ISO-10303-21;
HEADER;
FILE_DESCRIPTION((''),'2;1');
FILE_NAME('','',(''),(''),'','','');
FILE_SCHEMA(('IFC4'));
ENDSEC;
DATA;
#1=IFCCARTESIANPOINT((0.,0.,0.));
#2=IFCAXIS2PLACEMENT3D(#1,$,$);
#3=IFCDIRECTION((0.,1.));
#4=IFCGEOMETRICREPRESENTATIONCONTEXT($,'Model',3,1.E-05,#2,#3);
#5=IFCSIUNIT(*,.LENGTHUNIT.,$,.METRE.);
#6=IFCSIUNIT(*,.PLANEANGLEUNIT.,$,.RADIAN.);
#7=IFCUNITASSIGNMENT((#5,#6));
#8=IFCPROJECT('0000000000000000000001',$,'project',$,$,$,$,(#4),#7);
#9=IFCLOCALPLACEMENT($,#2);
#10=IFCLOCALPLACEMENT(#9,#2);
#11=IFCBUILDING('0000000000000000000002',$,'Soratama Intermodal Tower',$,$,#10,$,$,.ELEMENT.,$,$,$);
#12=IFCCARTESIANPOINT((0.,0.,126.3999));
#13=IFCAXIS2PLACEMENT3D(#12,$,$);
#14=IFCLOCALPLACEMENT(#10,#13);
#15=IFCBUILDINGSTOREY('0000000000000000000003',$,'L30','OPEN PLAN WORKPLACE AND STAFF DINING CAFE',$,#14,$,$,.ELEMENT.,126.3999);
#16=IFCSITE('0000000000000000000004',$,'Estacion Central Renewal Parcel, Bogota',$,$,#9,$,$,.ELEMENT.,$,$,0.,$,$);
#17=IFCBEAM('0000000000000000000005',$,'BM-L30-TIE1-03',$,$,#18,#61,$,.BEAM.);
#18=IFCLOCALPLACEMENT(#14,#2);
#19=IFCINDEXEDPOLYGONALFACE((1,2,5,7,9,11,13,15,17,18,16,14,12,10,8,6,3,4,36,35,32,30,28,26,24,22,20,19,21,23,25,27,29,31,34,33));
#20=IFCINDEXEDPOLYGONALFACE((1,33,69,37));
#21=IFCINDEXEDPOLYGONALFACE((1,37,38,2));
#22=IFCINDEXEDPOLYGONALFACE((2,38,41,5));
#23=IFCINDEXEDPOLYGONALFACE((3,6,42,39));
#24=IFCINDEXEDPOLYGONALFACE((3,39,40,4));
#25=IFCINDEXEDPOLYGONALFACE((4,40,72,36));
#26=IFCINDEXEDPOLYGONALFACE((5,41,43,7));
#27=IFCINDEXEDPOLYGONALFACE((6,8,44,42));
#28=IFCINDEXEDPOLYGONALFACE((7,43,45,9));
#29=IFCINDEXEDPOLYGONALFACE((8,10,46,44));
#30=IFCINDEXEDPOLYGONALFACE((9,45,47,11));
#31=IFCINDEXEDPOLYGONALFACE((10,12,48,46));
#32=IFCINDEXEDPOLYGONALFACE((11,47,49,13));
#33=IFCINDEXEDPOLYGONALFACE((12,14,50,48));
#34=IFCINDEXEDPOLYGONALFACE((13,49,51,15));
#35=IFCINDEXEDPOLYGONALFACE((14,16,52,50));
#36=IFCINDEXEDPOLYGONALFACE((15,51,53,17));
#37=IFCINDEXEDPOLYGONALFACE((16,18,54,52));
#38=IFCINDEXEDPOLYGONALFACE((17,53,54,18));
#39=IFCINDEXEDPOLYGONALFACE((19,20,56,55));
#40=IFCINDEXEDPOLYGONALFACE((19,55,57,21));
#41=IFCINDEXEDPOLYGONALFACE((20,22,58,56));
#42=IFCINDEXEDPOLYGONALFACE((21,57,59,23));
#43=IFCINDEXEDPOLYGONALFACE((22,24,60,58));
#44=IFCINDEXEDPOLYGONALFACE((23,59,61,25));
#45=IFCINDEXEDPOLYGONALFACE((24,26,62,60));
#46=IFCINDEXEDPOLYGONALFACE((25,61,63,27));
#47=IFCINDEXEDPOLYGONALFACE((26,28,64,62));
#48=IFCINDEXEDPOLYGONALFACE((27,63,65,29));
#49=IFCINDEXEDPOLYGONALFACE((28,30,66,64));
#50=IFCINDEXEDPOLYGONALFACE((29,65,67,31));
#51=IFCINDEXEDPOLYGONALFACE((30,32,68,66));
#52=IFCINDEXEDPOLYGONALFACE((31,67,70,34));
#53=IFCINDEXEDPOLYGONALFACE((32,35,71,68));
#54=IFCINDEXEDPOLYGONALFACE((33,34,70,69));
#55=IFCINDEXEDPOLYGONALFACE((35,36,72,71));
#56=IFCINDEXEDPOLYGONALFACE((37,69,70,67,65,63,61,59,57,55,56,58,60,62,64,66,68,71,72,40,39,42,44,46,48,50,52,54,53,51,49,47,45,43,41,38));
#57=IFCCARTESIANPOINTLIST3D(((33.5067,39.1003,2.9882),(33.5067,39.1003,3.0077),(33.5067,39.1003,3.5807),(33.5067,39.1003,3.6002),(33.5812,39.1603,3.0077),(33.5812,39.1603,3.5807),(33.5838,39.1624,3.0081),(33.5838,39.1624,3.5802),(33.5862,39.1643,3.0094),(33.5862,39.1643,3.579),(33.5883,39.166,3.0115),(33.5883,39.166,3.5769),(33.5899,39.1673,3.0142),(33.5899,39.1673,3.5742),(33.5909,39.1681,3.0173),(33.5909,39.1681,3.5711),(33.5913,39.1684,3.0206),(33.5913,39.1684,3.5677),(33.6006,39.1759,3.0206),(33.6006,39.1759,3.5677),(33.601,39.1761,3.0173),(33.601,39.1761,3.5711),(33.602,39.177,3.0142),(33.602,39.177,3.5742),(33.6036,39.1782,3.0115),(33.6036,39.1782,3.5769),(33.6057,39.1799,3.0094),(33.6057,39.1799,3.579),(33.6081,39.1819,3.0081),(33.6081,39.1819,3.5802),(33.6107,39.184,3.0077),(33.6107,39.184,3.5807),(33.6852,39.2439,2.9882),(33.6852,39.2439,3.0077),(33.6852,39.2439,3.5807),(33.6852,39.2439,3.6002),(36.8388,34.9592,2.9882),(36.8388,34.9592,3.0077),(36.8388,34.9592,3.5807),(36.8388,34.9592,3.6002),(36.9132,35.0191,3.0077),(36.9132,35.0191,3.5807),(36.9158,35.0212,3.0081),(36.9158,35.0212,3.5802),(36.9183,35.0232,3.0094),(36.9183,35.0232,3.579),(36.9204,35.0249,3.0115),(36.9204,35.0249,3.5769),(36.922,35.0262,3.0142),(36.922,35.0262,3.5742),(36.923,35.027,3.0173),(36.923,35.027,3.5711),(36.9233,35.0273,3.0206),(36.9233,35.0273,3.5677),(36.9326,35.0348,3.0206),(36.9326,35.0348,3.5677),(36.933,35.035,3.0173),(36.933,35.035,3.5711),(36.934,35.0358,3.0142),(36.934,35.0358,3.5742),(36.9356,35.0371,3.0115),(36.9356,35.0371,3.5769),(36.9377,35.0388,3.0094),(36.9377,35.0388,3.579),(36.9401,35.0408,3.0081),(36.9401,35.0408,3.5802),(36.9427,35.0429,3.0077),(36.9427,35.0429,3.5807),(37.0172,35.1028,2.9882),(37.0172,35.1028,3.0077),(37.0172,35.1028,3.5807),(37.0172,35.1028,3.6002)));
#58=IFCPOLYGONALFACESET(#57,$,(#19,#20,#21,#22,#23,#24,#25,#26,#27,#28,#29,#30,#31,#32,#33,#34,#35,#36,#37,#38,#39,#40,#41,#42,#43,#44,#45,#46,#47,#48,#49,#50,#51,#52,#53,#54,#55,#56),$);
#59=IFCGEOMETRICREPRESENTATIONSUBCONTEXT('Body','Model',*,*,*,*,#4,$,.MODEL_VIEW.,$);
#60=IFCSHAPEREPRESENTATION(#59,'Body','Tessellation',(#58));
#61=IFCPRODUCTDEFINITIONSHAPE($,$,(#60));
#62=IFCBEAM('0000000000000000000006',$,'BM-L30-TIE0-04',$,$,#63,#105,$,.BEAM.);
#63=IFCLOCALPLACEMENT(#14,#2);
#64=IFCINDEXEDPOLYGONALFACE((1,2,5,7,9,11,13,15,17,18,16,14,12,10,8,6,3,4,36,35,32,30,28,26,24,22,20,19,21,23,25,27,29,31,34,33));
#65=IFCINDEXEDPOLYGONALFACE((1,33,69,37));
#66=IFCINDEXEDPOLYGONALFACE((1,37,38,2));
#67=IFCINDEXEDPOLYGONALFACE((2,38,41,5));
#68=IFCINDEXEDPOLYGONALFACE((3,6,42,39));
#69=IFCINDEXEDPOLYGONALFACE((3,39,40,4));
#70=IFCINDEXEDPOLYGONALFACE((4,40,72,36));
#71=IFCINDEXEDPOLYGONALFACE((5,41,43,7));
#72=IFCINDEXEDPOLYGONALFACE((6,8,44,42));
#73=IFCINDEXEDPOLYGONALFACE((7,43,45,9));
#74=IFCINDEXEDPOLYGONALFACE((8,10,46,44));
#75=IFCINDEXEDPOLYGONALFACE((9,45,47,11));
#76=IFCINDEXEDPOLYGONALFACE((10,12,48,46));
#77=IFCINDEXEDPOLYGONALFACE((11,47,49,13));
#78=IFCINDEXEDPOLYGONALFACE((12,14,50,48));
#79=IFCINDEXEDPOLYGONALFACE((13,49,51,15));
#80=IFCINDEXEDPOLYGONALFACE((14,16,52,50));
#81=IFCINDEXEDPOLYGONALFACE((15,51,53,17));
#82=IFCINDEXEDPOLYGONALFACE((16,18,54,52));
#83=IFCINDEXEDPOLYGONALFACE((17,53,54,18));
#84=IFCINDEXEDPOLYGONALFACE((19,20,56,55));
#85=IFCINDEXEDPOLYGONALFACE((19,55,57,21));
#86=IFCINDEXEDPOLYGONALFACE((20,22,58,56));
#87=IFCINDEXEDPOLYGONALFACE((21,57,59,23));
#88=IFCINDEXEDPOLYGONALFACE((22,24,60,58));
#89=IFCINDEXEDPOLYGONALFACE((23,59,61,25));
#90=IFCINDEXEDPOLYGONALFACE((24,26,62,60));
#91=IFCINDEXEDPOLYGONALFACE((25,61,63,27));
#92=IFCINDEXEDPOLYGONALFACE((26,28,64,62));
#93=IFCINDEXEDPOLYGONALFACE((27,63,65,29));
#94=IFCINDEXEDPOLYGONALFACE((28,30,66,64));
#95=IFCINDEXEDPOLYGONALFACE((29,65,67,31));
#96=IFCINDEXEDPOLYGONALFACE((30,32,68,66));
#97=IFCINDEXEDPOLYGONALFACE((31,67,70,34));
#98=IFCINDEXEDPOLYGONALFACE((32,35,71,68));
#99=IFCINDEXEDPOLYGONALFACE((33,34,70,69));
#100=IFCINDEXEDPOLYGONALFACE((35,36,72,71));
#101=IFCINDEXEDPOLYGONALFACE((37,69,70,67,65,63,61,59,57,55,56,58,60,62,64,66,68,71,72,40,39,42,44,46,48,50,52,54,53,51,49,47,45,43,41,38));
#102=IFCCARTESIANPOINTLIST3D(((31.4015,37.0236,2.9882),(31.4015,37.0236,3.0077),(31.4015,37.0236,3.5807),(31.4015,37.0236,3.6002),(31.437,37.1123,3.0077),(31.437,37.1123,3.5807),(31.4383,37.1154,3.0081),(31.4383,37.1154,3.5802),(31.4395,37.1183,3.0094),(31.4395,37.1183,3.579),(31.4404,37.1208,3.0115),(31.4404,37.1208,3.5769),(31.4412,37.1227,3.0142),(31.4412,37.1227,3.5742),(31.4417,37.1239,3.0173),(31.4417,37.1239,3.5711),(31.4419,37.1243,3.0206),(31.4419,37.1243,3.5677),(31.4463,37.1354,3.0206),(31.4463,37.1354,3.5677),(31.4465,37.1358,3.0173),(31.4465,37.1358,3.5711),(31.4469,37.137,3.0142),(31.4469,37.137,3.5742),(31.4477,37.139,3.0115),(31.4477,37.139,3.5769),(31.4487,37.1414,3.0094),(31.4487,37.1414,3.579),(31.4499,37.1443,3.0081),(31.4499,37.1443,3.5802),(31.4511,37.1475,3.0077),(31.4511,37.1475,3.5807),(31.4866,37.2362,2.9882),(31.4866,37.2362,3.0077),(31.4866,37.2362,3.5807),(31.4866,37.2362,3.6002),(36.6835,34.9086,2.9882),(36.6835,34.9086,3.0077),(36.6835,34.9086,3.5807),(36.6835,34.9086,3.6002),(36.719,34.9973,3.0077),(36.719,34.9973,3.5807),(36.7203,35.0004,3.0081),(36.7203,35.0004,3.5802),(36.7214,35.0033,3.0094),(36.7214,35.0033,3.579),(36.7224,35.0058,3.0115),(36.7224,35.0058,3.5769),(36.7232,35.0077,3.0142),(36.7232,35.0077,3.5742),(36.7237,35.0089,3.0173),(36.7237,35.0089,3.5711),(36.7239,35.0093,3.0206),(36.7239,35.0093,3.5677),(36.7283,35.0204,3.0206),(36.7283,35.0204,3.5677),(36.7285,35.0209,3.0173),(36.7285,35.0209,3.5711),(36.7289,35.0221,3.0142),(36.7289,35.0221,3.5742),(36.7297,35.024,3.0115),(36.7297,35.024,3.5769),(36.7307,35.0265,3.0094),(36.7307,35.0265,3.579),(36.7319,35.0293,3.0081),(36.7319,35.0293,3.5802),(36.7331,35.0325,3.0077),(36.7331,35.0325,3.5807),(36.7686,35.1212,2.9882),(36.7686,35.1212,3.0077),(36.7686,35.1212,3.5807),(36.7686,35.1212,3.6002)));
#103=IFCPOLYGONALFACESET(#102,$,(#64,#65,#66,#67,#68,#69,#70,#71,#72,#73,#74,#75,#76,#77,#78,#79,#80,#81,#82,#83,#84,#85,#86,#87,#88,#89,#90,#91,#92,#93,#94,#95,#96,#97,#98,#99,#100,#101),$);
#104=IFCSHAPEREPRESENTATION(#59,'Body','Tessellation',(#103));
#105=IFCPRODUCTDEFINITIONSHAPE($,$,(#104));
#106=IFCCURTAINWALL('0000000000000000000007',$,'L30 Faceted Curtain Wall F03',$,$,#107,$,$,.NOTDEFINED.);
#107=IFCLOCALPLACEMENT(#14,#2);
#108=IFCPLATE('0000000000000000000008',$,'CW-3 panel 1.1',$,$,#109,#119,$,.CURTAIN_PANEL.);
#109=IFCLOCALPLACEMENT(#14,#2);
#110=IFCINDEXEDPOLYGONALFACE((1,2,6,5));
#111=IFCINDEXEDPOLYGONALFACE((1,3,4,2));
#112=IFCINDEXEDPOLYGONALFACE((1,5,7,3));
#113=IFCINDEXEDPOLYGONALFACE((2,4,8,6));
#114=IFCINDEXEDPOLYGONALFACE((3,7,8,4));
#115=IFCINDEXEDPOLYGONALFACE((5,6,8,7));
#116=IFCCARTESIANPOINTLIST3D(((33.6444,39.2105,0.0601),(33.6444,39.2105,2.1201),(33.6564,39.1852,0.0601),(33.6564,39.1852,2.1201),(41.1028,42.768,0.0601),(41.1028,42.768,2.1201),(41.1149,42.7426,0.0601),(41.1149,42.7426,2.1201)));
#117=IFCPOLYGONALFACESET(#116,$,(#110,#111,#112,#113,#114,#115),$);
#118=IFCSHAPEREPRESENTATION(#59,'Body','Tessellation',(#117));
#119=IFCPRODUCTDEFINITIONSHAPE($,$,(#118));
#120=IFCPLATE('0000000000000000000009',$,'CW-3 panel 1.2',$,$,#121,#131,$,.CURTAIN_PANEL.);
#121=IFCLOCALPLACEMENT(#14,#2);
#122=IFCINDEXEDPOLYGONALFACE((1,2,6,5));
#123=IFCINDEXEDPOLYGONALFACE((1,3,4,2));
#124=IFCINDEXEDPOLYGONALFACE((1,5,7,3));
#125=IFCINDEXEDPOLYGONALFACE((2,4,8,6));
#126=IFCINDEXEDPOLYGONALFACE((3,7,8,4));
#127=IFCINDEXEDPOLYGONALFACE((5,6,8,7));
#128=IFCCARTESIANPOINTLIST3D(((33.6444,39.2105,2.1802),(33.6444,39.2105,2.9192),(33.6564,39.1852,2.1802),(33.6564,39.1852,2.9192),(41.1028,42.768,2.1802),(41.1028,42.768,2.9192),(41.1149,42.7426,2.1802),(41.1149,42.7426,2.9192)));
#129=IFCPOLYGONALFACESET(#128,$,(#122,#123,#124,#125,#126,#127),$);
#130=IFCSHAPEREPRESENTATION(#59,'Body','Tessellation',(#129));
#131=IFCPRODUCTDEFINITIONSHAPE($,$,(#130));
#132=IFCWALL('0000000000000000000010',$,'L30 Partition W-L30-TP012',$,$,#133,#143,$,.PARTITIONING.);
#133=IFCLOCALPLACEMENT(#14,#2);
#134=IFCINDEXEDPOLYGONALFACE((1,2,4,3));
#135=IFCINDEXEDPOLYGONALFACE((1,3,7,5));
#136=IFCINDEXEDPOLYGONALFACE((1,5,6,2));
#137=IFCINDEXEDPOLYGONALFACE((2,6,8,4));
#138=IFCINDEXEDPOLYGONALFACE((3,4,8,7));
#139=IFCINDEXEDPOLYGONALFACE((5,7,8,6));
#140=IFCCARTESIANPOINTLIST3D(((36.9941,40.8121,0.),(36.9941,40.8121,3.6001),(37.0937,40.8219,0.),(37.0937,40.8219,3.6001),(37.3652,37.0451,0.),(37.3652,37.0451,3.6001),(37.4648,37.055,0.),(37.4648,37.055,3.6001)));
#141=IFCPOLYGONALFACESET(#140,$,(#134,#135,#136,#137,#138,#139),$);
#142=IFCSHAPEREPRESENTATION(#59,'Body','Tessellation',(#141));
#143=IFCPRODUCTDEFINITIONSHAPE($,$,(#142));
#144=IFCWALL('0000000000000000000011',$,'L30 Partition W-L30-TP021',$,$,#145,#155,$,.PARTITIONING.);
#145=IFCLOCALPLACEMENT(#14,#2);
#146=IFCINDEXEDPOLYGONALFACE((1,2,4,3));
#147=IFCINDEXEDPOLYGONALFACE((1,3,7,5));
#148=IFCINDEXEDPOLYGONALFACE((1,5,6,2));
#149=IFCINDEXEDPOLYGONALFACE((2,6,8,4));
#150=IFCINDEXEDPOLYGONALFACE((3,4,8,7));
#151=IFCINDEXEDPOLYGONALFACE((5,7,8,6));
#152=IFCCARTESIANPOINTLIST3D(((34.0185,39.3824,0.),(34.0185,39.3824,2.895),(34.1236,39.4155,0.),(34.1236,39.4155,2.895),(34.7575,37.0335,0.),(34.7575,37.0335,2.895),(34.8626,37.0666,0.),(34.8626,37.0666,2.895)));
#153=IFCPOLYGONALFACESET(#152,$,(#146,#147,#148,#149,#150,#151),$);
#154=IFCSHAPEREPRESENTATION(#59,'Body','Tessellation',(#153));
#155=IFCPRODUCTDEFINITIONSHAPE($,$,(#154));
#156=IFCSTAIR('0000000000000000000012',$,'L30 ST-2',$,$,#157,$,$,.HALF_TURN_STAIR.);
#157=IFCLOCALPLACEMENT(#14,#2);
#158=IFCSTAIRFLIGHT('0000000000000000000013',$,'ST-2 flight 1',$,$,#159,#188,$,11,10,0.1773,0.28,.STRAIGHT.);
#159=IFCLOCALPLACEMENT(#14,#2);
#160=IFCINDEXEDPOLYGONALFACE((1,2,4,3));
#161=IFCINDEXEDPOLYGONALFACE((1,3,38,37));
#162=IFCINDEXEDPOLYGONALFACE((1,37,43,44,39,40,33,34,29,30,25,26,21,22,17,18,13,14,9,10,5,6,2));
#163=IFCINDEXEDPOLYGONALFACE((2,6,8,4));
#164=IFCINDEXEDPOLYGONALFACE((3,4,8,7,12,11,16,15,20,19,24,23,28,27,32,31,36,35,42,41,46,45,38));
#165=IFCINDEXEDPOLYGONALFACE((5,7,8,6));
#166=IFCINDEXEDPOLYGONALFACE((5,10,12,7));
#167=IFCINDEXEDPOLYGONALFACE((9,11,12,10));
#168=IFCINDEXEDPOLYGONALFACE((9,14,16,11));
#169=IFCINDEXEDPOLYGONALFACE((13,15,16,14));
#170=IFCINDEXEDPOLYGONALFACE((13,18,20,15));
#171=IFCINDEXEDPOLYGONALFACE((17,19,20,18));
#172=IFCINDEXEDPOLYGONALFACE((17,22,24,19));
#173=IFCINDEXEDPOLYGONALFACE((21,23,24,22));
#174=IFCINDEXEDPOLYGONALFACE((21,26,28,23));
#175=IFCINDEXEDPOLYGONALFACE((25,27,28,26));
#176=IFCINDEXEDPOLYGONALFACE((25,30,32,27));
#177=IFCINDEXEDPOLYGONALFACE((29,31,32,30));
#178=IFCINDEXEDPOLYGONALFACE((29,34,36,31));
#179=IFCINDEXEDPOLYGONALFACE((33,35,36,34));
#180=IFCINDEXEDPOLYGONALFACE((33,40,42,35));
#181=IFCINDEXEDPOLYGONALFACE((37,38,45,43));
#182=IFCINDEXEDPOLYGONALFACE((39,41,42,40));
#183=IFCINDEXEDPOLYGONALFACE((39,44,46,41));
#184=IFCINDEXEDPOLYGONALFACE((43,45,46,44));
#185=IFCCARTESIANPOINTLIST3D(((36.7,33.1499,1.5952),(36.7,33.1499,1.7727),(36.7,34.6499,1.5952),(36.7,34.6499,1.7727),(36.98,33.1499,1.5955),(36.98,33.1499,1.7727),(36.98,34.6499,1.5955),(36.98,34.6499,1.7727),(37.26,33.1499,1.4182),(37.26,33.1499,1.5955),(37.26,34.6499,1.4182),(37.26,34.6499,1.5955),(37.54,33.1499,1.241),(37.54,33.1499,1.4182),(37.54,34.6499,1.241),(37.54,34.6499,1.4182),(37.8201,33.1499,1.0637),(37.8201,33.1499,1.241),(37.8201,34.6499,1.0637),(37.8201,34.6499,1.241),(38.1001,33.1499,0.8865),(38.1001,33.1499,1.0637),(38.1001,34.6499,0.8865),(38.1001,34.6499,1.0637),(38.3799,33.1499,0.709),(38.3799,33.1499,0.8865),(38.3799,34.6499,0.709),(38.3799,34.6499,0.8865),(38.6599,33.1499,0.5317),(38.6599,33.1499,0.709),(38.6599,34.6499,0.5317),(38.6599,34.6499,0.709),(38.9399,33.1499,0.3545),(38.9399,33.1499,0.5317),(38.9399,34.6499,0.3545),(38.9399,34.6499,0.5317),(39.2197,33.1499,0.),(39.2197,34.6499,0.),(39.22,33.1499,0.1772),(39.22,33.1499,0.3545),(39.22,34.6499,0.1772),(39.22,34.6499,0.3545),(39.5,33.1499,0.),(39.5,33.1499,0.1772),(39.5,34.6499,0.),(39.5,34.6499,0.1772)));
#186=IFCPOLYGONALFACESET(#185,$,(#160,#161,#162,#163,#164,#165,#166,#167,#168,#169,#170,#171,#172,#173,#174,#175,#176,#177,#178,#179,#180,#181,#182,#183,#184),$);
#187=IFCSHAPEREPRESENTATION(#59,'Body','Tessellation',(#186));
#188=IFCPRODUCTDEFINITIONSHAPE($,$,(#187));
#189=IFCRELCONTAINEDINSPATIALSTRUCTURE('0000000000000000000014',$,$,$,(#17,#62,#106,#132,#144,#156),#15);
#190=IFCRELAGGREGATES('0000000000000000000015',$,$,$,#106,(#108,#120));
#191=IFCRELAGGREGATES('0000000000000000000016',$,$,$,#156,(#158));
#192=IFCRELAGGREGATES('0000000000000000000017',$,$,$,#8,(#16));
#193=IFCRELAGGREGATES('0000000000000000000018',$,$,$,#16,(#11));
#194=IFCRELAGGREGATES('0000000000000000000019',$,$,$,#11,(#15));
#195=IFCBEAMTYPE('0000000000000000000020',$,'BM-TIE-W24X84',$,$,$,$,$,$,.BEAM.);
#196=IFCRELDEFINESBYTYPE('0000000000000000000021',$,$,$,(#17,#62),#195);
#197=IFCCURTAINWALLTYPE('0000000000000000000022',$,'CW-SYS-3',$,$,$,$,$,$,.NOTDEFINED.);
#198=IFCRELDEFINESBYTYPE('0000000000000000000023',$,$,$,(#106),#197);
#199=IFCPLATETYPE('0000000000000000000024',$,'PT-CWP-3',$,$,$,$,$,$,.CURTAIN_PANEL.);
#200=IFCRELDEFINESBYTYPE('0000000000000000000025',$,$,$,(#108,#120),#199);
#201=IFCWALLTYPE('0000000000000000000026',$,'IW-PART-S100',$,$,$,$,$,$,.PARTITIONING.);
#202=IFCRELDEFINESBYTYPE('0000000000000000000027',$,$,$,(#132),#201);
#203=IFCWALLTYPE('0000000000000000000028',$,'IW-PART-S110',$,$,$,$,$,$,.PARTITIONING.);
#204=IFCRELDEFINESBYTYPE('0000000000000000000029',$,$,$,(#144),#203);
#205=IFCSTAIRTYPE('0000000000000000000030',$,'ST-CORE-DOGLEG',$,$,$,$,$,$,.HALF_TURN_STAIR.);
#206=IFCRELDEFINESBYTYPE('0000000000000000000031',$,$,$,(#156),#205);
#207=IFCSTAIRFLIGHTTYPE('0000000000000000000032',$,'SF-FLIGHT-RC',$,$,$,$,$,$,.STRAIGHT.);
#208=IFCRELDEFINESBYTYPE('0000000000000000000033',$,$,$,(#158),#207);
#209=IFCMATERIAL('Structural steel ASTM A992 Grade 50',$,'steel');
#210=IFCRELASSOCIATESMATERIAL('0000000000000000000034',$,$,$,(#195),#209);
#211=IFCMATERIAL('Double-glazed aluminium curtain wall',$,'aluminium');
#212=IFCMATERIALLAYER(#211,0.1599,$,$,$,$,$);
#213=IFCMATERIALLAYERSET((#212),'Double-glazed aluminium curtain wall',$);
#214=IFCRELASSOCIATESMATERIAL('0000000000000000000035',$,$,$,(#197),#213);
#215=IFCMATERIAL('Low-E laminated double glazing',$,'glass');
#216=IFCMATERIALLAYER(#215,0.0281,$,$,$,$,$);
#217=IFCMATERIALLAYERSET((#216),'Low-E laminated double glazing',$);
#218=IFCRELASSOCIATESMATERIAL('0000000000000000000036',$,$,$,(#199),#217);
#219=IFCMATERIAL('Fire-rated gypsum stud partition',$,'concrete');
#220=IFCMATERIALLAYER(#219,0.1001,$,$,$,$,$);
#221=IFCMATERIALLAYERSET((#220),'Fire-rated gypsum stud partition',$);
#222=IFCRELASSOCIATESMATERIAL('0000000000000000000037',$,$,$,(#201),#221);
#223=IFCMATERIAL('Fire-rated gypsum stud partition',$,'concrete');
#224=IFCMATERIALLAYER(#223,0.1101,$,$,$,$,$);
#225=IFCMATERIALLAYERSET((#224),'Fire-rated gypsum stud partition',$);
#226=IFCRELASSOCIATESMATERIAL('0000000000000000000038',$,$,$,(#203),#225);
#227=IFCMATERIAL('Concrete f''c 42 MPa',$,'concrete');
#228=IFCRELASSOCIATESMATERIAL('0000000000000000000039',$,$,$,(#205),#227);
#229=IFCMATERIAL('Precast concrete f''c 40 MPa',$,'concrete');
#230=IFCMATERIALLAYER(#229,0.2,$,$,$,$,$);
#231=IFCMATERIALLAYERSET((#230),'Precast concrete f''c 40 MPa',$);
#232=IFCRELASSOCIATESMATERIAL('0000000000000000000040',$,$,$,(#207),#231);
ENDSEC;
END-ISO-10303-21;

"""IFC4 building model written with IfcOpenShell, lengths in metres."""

from ifc_helpers import new_model, si_unit, direction, frame, frame_2d, origin, origin_2d, place, context, subcontext, project, spatial, polyline, rectangle, i_section, outline, extrude, material, layer, layer_set, material_profile, profile_set, type_object, element, aggregate, save


model = new_model("IFC4")

# Units and contexts
model_context = context("Model", 3, precision=1e-05, world=origin(), true_north=direction((0.0, 1.0)))
body_context = subcontext(model_context, "Body", "Model", "MODEL_VIEW")
ifc_project = project(units=[si_unit("LENGTHUNIT", "METRE"), si_unit("PLANEANGLEUNIT", "RADIAN")], contexts=[model_context])

# Site, building, storey
site_placement = place(None, origin())
site = spatial("IfcSite", under=ifc_project, at=site_placement, Name="Estacion Central Renewal Parcel, Bogota", CompositionType="ELEMENT", RefElevation=0.0)
building_placement = place(site_placement, origin())
building = spatial("IfcBuilding", under=site, at=building_placement, Name="Soratama Intermodal Tower", CompositionType="ELEMENT")
storey_placement = place(building_placement, frame((0.0, 0.0, 126.3999)))
storey = spatial("IfcBuildingStorey", under=building, at=storey_placement, Name="L30", Description="OPEN PLAN WORKPLACE AND STAFF DINING CAFE", CompositionType="ELEMENT", Elevation=126.3999)

# Beams
ifc_material_1 = material(Name="Structural steel ASTM A992 Grade 50", Category="steel")
ifc_material_profile_1 = material_profile(ifc_material_1, i_section(OverallWidth=0.229, OverallDepth=0.6121, WebThickness=0.012, FlangeThickness=0.0195, FilletRadius=0.0129, at=origin_2d()), Name="W24X84")
ifc_profile_set_1 = profile_set([ifc_material_profile_1], Name="Structural steel ASTM A992 Grade 50")
beam_type_1 = type_object("IfcBeamType", Name="BM-TIE-W24X84", PredefinedType="BEAM", material=ifc_profile_set_1)
beam_1_placement = place(storey_placement, frame((36.928, 35.031, 3.2942), z_axis=(-0.626888, 0.779109, 0.0), x_axis=(-0.779109, -0.626888, 0.0)))
element("IfcBeam", 1, at=beam_1_placement, inside=storey, type_object=beam_type_1, Name="BM-L30-TIE1-03", PredefinedType="BEAM", context=body_context, shape_type="SweptSolid", body=[
    extrude(i_section(OverallWidth=0.229, OverallDepth=0.6121, WebThickness=0.012, FlangeThickness=0.0195, FilletRadius=0.0129, at=origin_2d()), origin(), (0.0, 0.0, 1.0), 5.3152),
])
beam_2_placement = place(storey_placement, frame((36.7261, 35.0149, 3.2942), z_axis=(-0.928343, 0.371724, 0.0), x_axis=(-0.371724, -0.928343, 0.0)))
element("IfcBeam", 2, at=beam_2_placement, inside=storey, type_object=beam_type_1, Name="BM-L30-TIE0-04", PredefinedType="BEAM", context=body_context, shape_type="SweptSolid", body=[
    extrude(i_section(OverallWidth=0.229, OverallDepth=0.6121, WebThickness=0.012, FlangeThickness=0.0195, FilletRadius=0.0129, at=origin_2d()), origin(), (0.0, 0.0, 1.0), 5.6897),
])

# Curtain wall, plates
ifc_material_2 = material(Name="Double-glazed aluminium curtain wall", Category="aluminium")
ifc_layer_1 = layer(ifc_material_2, 0.1599)
ifc_layer_set_1 = layer_set([ifc_layer_1], Name="Double-glazed aluminium curtain wall")
curtain_wall_type = type_object("IfcCurtainWallType", Name="CW-SYS-3", PredefinedType="NOTDEFINED", material=ifc_layer_set_1)
curtain_wall_placement = place(storey_placement, origin())
curtain_wall = element("IfcCurtainWall", 3, at=curtain_wall_placement, inside=storey, type_object=curtain_wall_type, Name="L30 Faceted Curtain Wall F03", PredefinedType="NOTDEFINED")
ifc_material_3 = material(Name="Low-E laminated double glazing", Category="glass")
ifc_layer_2 = layer(ifc_material_3, 0.0281)
ifc_layer_set_2 = layer_set([ifc_layer_2], Name="Low-E laminated double glazing")
plate_type = type_object("IfcPlateType", Name="PT-CWP-3", PredefinedType="CURTAIN_PANEL", material=ifc_layer_set_2)
plate_1_placement = place(storey_placement, frame((37.3796, 40.9766, 0.0601), z_axis=(0.0, 0.0, 1.0), x_axis=(-0.902589, -0.430503, 0.0)))
plate_1 = element("IfcPlate", 4, at=plate_1_placement, type_object=plate_type, Name="CW-3 panel 1.1", PredefinedType="CURTAIN_PANEL", context=body_context, shape_type="SweptSolid", body=[
    extrude(rectangle(XDim=8.2634, YDim=0.0281, at=origin_2d()), origin(), (0.0, 0.0, 1.0), 2.0601),
])
plate_2_placement = place(storey_placement, frame((37.3796, 40.9766, 2.1802), z_axis=(0.0, 0.0, 1.0), x_axis=(-0.902589, -0.430503, 0.0)))
plate_2 = element("IfcPlate", 5, at=plate_2_placement, type_object=plate_type, Name="CW-3 panel 1.2", PredefinedType="CURTAIN_PANEL", context=body_context, shape_type="SweptSolid", body=[
    extrude(rectangle(XDim=8.2634, YDim=0.0281, at=origin_2d()), origin(), (0.0, 0.0, 1.0), 0.739),
])
aggregate(curtain_wall, [plate_1, plate_2])

# Walls
ifc_material_4 = material(Name="Fire-rated gypsum stud partition", Category="concrete")
ifc_layer_3 = layer(ifc_material_4, 0.1001)
ifc_layer_set_3 = layer_set([ifc_layer_3], Name="Fire-rated gypsum stud partition")
wall_type_1 = type_object("IfcWallType", Name="IW-PART-S100", PredefinedType="PARTITIONING", material=ifc_layer_set_3)
wall_1_placement = place(storey_placement, frame((37.415, 37.05, 0.0), z_axis=(0.0, 0.0, 1.0), x_axis=(-0.098041, 0.995182, 0.0)))
element("IfcWall", 6, at=wall_1_placement, inside=storey, type_object=wall_type_1, Name="L30 Partition W-L30-TP012", PredefinedType="PARTITIONING", context=body_context, shape_type="SweptSolid", body=[
    extrude(rectangle(XDim=3.7852, YDim=0.1001, at=frame_2d((1.8926, 0.0))), origin(), (0.0, 0.0, 1.0), 3.6001),
])
ifc_material_5 = material(Name="Fire-rated gypsum stud partition", Category="concrete")
ifc_layer_4 = layer(ifc_material_5, 0.1101)
ifc_layer_set_4 = layer_set([ifc_layer_4], Name="Fire-rated gypsum stud partition")
wall_type_2 = type_object("IfcWallType", Name="IW-PART-S110", PredefinedType="PARTITIONING", material=ifc_layer_set_4)
wall_2_placement = place(storey_placement, frame((34.8101, 37.05, 0.0), z_axis=(0.0, 0.0, 1.0), x_axis=(-0.30012, 0.953901, 0.0)))
element("IfcWall", 7, at=wall_2_placement, inside=storey, type_object=wall_type_2, Name="L30 Partition W-L30-TP021", PredefinedType="PARTITIONING", context=body_context, shape_type="SweptSolid", body=[
    extrude(rectangle(XDim=2.4624, YDim=0.1101, at=frame_2d((1.2312, 0.0))), origin(), (0.0, 0.0, 1.0), 2.895),
])

# Stair, stair flight
ifc_material_6 = material(Name="Concrete f'c 42 MPa", Category="concrete")
stair_type = type_object("IfcStairType", Name="ST-CORE-DOGLEG", PredefinedType="HALF_TURN_STAIR", material=ifc_material_6)
stair_placement = place(storey_placement, origin())
stair = element("IfcStair", 8, at=stair_placement, inside=storey, type_object=stair_type, Name="L30 ST-2", PredefinedType="HALF_TURN_STAIR")
ifc_material_7 = material(Name="Precast concrete f'c 40 MPa", Category="concrete")
ifc_layer_5 = layer(ifc_material_7, 0.2)
ifc_layer_set_5 = layer_set([ifc_layer_5], Name="Precast concrete f'c 40 MPa")
stair_flight_type = type_object("IfcStairFlightType", Name="SF-FLIGHT-RC", PredefinedType="STRAIGHT", material=ifc_layer_set_5)
stair_flight_placement = place(storey_placement, frame((39.5, 33.8999, 0.0), z_axis=(0.0, 0.0, 1.0), x_axis=(-1.0, 0.0, 0.0)))
stair_flight = element("IfcStairFlight", 9, at=stair_flight_placement, type_object=stair_flight_type, Name="ST-2 flight 1", NumberOfRisers=11, NumberOfTreads=10, PredefinedType="STRAIGHT", RiserHeight=0.1773, TreadLength=0.28, context=body_context, shape_type="SweptSolid", body=[
    extrude(outline(polyline([(0.0, 0.0), (0.0, 0.1772), (0.28, 0.1772), (0.28, 0.3545), (0.5601, 0.3545), (0.5601, 0.5317), (0.8401, 0.5317), (0.8401, 0.709), (1.1201, 0.709), (1.1201, 0.8865), (1.3999, 0.8865), (1.3999, 1.0637), (1.6799, 1.0637), (1.6799, 1.241), (1.96, 1.241), (1.96, 1.4182), (2.24, 1.4182), (2.24, 1.5955), (2.52, 1.5955), (2.52, 1.7727), (2.8, 1.7727), (2.8, 1.95), (2.8, 1.5952), (0.2803, 0.0), (0.0, 0.0)])), frame((0.0, 0.75, 0.0), z_axis=(0.0, -1.0, 0.0), x_axis=(1.0, 0.0, 0.0)), (0.0, 0.0, 1.0), 1.5),
])
aggregate(stair, [stair_flight])

save(model, "model.ifc")
